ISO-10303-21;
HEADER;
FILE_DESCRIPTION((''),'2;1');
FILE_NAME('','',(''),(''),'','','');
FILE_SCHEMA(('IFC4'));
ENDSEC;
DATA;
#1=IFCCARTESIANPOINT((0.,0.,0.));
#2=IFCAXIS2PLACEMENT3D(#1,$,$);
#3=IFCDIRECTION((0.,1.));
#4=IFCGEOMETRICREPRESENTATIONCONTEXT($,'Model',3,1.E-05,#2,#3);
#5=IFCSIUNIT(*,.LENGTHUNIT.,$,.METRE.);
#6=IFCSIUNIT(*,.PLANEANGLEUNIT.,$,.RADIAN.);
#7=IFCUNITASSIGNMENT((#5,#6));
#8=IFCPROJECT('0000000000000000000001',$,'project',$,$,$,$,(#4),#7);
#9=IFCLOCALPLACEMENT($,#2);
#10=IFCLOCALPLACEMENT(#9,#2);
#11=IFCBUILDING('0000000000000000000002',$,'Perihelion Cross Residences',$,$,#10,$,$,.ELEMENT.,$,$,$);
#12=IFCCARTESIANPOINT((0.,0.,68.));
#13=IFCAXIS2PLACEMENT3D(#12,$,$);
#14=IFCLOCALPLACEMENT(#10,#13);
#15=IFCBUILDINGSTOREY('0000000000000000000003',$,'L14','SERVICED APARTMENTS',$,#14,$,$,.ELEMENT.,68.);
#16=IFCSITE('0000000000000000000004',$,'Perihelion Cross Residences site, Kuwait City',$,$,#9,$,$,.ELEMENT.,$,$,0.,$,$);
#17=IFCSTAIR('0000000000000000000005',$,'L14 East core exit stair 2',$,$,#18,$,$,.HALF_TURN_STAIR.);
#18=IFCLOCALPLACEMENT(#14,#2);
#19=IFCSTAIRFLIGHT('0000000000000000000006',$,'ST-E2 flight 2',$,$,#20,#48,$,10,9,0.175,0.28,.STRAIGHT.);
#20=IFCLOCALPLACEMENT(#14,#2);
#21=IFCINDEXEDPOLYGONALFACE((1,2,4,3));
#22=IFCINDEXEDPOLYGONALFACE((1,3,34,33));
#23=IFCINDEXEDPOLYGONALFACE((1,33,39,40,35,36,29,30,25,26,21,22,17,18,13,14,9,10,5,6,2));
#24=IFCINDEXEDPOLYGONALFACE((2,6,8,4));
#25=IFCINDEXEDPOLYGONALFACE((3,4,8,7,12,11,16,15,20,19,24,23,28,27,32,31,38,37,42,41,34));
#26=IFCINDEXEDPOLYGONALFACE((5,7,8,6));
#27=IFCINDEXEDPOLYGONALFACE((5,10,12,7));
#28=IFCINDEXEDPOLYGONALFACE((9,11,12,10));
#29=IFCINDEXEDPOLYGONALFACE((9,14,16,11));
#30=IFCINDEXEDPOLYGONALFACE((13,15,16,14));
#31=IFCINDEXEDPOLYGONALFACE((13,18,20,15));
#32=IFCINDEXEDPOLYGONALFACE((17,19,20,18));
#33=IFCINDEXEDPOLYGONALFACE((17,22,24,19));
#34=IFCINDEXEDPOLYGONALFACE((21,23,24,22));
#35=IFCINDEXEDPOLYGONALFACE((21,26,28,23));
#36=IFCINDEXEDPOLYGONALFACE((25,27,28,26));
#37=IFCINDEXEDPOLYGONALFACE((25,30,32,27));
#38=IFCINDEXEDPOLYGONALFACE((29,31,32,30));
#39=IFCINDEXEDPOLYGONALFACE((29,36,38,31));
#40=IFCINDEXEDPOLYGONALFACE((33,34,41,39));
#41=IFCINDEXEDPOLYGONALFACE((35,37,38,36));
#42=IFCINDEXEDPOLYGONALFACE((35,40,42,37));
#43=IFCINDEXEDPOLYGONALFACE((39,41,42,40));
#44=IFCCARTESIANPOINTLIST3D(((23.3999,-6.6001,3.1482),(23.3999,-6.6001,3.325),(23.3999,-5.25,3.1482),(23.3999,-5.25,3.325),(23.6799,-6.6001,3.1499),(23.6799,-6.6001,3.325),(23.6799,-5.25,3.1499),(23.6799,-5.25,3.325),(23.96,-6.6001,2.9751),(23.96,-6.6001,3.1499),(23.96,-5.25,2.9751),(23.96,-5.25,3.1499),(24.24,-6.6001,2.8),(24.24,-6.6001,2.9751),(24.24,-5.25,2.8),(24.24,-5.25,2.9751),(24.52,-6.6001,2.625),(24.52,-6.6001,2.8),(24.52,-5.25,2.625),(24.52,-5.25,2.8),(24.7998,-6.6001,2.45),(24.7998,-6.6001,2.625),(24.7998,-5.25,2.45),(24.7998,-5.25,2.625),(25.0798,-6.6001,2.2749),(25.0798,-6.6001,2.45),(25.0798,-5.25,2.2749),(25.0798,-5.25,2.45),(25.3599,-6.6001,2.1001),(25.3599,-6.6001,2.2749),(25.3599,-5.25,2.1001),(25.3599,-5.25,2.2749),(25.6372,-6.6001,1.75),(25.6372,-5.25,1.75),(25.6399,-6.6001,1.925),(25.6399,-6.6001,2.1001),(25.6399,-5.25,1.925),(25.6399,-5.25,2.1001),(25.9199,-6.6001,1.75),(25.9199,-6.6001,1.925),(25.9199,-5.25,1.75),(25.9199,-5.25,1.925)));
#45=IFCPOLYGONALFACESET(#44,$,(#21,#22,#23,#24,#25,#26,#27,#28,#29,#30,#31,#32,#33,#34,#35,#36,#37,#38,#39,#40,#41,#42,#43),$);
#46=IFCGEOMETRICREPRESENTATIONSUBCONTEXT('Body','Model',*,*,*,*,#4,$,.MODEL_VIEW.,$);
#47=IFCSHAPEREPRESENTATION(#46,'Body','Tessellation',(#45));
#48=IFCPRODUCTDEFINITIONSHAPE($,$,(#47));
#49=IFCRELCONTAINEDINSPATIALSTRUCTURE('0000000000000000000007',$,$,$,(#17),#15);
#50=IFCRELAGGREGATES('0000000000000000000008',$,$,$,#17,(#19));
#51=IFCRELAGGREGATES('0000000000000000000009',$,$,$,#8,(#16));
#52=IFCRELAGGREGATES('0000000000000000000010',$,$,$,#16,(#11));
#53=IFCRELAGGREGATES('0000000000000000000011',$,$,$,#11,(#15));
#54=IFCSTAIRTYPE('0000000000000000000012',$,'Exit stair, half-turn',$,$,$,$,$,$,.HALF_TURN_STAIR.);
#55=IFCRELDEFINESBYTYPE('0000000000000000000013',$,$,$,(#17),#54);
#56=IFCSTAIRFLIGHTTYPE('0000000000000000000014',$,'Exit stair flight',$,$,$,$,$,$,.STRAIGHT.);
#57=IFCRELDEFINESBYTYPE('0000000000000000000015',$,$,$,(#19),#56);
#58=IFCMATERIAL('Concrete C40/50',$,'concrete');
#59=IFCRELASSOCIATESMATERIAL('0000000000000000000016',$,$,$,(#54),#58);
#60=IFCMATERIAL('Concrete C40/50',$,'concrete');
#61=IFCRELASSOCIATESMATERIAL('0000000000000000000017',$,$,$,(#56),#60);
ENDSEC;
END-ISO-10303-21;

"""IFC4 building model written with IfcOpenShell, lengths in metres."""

from ifc_helpers import new_model, si_unit, direction, frame, origin, place, context, subcontext, project, spatial, polyline, outline, extrude, material, type_object, element, aggregate, save


model = new_model("IFC4")

# Units and contexts
model_context = context("Model", 3, precision=1e-05, world=origin(), true_north=direction((0.0, 1.0)))
body_context = subcontext(model_context, "Body", "Model", "MODEL_VIEW")
ifc_project = project(units=[si_unit("LENGTHUNIT", "METRE"), si_unit("PLANEANGLEUNIT", "RADIAN")], contexts=[model_context])

# Site, building, storey
site_placement = place(None, origin())
site = spatial("IfcSite", under=ifc_project, at=site_placement, Name="Perihelion Cross Residences site, Kuwait City", CompositionType="ELEMENT", RefElevation=0.0)
building_placement = place(site_placement, origin())
building = spatial("IfcBuilding", under=site, at=building_placement, Name="Perihelion Cross Residences", CompositionType="ELEMENT")
storey_placement = place(building_placement, frame((0.0, 0.0, 68.0)))
storey = spatial("IfcBuildingStorey", under=building, at=storey_placement, Name="L14", Description="SERVICED APARTMENTS", CompositionType="ELEMENT", Elevation=68.0)

# Stair, stair flight
ifc_material_1 = material(Name="Concrete C40/50", Category="concrete")
stair_type = type_object("IfcStairType", Name="Exit stair, half-turn", PredefinedType="HALF_TURN_STAIR", material=ifc_material_1)
stair_placement = place(storey_placement, origin())
stair = element("IfcStair", 1, at=stair_placement, inside=storey, type_object=stair_type, Name="L14 East core exit stair 2", PredefinedType="HALF_TURN_STAIR")
ifc_material_2 = material(Name="Concrete C40/50", Category="concrete")
stair_flight_type = type_object("IfcStairFlightType", Name="Exit stair flight", PredefinedType="STRAIGHT", material=ifc_material_2)
stair_flight_placement = place(storey_placement, frame((25.9199, -5.925, 1.75), z_axis=(0.0, 0.0, 1.0), x_axis=(-1.0, 0.0, 0.0)))
stair_flight = element("IfcStairFlight", 2, at=stair_flight_placement, type_object=stair_flight_type, Name="ST-E2 flight 2", NumberOfRisers=10, NumberOfTreads=9, PredefinedType="STRAIGHT", RiserHeight=0.175, TreadLength=0.28, context=body_context, shape_type="SweptSolid", body=[
    extrude(outline(polyline([(0.0, 0.0), (0.0, 0.175), (0.28, 0.175), (0.28, 0.3501), (0.5601, 0.3501), (0.5601, 0.5249), (0.8401, 0.5249), (0.8401, 0.7), (1.1201, 0.7), (1.1201, 0.875), (1.3999, 0.875), (1.3999, 1.05), (1.6799, 1.05), (1.6799, 1.2251), (1.96, 1.2251), (1.96, 1.3999), (2.24, 1.3999), (2.24, 1.575), (2.52, 1.575), (2.52, 1.75), (2.52, 1.3982), (0.2827, 0.0), (0.0, 0.0)])), frame((0.0, 0.675, 0.0), z_axis=(0.0, -1.0, 0.0), x_axis=(1.0, 0.0, 0.0)), (0.0, 0.0, 1.0), 1.3501),
])
aggregate(stair, [stair_flight])

save(model, "model.ifc")
